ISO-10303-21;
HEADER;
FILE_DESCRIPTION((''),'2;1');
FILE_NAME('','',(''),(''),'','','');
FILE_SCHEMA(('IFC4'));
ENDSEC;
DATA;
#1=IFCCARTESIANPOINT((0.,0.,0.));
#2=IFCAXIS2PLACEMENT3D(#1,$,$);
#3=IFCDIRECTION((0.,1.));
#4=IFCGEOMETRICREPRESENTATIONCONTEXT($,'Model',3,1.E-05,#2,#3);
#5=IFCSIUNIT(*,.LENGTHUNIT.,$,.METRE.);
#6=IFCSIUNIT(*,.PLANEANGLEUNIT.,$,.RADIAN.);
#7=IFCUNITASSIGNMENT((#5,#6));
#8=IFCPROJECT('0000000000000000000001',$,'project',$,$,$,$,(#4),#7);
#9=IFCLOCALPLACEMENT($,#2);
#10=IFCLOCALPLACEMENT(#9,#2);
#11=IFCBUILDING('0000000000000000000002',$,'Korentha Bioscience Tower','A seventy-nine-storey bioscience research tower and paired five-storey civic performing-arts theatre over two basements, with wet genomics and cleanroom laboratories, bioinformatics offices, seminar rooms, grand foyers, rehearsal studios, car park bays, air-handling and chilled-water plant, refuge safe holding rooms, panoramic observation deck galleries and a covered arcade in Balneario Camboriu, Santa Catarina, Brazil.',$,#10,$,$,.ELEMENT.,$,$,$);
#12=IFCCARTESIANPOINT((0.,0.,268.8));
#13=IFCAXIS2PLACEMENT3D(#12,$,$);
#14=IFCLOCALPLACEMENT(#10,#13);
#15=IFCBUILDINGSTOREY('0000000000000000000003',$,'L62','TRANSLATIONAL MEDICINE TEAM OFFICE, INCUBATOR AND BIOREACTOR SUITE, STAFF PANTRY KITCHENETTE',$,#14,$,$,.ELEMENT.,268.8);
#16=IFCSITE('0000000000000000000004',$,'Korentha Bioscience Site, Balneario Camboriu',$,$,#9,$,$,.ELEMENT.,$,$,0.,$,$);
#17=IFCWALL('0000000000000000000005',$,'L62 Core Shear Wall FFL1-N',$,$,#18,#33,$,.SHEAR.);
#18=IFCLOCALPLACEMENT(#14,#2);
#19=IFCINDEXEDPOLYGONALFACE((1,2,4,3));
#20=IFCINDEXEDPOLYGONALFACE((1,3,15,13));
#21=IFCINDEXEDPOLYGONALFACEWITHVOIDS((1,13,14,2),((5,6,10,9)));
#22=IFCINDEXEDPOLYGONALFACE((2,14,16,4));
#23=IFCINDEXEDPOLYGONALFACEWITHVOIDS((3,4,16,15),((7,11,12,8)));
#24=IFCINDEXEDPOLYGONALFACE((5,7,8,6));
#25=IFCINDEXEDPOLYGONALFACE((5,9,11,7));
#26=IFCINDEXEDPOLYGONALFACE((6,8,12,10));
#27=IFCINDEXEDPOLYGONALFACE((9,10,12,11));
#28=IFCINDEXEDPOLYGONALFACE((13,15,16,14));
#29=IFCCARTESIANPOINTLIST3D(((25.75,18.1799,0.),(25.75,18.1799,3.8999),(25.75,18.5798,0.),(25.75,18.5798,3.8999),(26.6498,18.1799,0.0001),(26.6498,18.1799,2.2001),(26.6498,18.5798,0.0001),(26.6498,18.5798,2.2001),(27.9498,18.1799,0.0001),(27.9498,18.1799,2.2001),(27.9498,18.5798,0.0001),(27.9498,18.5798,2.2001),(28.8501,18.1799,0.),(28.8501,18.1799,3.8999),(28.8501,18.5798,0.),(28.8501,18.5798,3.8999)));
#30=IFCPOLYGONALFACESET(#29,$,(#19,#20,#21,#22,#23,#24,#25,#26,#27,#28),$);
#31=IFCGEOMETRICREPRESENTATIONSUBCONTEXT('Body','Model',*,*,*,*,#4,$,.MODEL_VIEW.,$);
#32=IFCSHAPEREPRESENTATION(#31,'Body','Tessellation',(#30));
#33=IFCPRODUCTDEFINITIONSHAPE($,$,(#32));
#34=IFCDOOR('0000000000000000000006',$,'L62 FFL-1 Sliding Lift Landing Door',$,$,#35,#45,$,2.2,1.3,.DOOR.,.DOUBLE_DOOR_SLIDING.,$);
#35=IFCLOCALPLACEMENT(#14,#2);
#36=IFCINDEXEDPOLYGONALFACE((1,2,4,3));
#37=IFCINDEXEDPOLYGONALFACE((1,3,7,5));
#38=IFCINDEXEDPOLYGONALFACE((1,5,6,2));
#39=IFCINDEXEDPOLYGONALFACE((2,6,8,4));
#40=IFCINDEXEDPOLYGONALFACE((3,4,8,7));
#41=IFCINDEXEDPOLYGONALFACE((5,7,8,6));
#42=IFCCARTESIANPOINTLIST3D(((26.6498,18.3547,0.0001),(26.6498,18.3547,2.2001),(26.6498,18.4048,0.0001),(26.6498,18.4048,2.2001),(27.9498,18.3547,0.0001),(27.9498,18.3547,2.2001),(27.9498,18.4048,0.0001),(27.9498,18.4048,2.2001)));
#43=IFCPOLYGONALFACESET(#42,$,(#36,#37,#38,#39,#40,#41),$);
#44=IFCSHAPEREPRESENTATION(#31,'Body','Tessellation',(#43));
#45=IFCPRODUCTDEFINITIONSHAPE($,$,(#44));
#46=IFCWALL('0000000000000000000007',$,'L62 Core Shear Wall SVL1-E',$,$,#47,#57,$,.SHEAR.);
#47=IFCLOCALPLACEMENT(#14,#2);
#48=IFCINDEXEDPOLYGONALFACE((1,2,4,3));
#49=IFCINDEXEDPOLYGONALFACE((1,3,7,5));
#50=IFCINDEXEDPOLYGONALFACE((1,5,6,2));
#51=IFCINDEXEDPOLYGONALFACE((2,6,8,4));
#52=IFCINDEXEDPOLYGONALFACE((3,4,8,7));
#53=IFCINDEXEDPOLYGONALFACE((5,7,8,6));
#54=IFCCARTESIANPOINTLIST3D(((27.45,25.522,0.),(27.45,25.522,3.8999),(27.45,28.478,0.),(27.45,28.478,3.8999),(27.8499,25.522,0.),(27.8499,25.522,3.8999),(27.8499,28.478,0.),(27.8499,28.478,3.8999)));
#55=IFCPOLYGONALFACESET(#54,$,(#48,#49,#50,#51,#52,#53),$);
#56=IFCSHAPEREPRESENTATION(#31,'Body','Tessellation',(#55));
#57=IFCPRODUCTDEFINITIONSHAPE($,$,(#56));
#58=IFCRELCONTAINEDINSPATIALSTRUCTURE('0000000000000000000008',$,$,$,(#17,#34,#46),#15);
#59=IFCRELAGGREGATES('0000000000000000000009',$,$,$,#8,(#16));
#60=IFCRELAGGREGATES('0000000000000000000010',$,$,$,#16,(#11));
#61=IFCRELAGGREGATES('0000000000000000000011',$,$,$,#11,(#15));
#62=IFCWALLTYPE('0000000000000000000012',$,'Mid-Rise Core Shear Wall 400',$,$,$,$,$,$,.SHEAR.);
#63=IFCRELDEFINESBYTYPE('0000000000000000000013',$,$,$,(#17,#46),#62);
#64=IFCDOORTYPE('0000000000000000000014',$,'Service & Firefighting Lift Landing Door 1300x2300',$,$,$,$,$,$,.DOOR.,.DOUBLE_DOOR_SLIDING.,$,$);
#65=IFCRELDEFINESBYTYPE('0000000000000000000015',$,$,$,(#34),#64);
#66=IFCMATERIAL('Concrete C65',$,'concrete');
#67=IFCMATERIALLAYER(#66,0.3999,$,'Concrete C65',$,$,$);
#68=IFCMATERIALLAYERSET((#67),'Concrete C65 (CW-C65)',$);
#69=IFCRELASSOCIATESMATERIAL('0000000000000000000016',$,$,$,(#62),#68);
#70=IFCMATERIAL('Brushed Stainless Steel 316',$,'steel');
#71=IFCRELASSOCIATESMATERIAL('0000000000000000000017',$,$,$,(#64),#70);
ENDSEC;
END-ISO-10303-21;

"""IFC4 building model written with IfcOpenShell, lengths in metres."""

from ifc_helpers import new_model, si_unit, direction, frame, frame_2d, origin, place, context, subcontext, project, spatial, rectangle, extrude, material, layer, layer_set, type_object, element, fill, save


model = new_model("IFC4")

# Units and contexts
model_context = context("Model", 3, precision=1e-05, world=origin(), true_north=direction((0.0, 1.0)))
body_context = subcontext(model_context, "Body", "Model", "MODEL_VIEW")
ifc_project = project(units=[si_unit("LENGTHUNIT", "METRE"), si_unit("PLANEANGLEUNIT", "RADIAN")], contexts=[model_context])

# Site, building, storey
site_placement = place(None, origin())
site = spatial("IfcSite", under=ifc_project, at=site_placement, Name="Korentha Bioscience Site, Balneario Camboriu", CompositionType="ELEMENT", RefElevation=0.0)
building_placement = place(site_placement, origin())
building = spatial("IfcBuilding", under=site, at=building_placement, Name="Korentha Bioscience Tower", Description="A seventy-nine-storey bioscience research tower and paired five-storey civic performing-arts theatre over two basements, with wet genomics and cleanroom laboratories, bioinformatics offices, seminar rooms, grand foyers, rehearsal studios, car park bays, air-handling and chilled-water plant, refuge safe holding rooms, panoramic observation deck galleries and a covered arcade in Balneario Camboriu, Santa Catarina, Brazil.", CompositionType="ELEMENT")
storey_placement = place(building_placement, frame((0.0, 0.0, 268.8)))
storey = spatial("IfcBuildingStorey", under=building, at=storey_placement, Name="L62", Description="TRANSLATIONAL MEDICINE TEAM OFFICE, INCUBATOR AND BIOREACTOR SUITE, STAFF PANTRY KITCHENETTE", CompositionType="ELEMENT", Elevation=268.8)

# Shared definitions
ifc_material_1 = material(Name="Concrete C65", Category="concrete")
ifc_layer_1 = layer(ifc_material_1, 0.3999, Name="Concrete C65")
ifc_layer_set_1 = layer_set([ifc_layer_1], Name="Concrete C65 (CW-C65)")
wall_type_1 = type_object("IfcWallType", Name="Mid-Rise Core Shear Wall 400", PredefinedType="SHEAR", material=ifc_layer_set_1)

# Wall, opening, door
wall_1_placement = place(storey_placement, frame((25.75, 18.3799, 0.0), z_axis=(0.0, 0.0, 1.0), x_axis=(1.0, 0.0, 0.0)))
wall_1 = element("IfcWall", 1, at=wall_1_placement, inside=storey, type_object=wall_type_1, Name="L62 Core Shear Wall FFL1-N", PredefinedType="SHEAR", context=body_context, shape_type="SweptSolid", body=[
    extrude(rectangle(XDim=3.1001, YDim=0.3999, at=frame_2d((1.55, 0.0))), origin(), (0.0, 0.0, 1.0), 3.8999),
])
opening_1_placement = place(wall_1_placement, frame((0.8999, 0.0, 0.0)))
opening_1 = element("IfcOpeningElement", 2, at=opening_1_placement, cuts=wall_1, PredefinedType="OPENING", context=body_context, shape_type="SweptSolid", body=[
    extrude(rectangle(XDim=1.3, YDim=2.2, at=frame_2d((0.6499, 1.1001))), frame((0.0, 0.2148, 0.0), z_axis=(0.0, -1.0, 0.0), x_axis=(1.0, 0.0, 0.0)), (0.0, 0.0, 1.0), 0.4297),
])
ifc_material_2 = material(Name="Brushed Stainless Steel 316", Category="steel")
door_type_1 = type_object("IfcDoorType", Name="Service & Firefighting Lift Landing Door 1300x2300", OperationType="DOUBLE_DOOR_SLIDING", PredefinedType="DOOR", material=ifc_material_2)
door_1_placement = place(opening_1_placement, origin())
door_1 = element("IfcDoor", 3, at=door_1_placement, inside=storey, type_object=door_type_1, Name="L62 FFL-1 Sliding Lift Landing Door", OperationType="DOUBLE_DOOR_SLIDING", OverallHeight=2.2, OverallWidth=1.3, PredefinedType="DOOR", context=body_context, shape_type="SweptSolid", body=[
    extrude(rectangle(XDim=1.3, YDim=2.2, at=frame_2d((0.6499, 1.1001))), frame((0.0, 0.0249, 0.0), z_axis=(0.0, -1.0, 0.0), x_axis=(1.0, 0.0, 0.0)), (0.0, 0.0, 1.0), 0.05),
])
fill(opening_1, door_1)

# Wall
wall_2_placement = place(storey_placement, frame((27.6499, 25.522, 0.0), z_axis=(0.0, 0.0, 1.0), x_axis=(0.0, 1.0, 0.0)))
element("IfcWall", 4, at=wall_2_placement, inside=storey, type_object=wall_type_1, Name="L62 Core Shear Wall SVL1-E", PredefinedType="SHEAR", context=body_context, shape_type="SweptSolid", body=[
    extrude(rectangle(XDim=2.9561, YDim=0.3999, at=frame_2d((1.478, 0.0))), origin(), (0.0, 0.0, 1.0), 3.8999),
])

save(model, "model.ifc")
